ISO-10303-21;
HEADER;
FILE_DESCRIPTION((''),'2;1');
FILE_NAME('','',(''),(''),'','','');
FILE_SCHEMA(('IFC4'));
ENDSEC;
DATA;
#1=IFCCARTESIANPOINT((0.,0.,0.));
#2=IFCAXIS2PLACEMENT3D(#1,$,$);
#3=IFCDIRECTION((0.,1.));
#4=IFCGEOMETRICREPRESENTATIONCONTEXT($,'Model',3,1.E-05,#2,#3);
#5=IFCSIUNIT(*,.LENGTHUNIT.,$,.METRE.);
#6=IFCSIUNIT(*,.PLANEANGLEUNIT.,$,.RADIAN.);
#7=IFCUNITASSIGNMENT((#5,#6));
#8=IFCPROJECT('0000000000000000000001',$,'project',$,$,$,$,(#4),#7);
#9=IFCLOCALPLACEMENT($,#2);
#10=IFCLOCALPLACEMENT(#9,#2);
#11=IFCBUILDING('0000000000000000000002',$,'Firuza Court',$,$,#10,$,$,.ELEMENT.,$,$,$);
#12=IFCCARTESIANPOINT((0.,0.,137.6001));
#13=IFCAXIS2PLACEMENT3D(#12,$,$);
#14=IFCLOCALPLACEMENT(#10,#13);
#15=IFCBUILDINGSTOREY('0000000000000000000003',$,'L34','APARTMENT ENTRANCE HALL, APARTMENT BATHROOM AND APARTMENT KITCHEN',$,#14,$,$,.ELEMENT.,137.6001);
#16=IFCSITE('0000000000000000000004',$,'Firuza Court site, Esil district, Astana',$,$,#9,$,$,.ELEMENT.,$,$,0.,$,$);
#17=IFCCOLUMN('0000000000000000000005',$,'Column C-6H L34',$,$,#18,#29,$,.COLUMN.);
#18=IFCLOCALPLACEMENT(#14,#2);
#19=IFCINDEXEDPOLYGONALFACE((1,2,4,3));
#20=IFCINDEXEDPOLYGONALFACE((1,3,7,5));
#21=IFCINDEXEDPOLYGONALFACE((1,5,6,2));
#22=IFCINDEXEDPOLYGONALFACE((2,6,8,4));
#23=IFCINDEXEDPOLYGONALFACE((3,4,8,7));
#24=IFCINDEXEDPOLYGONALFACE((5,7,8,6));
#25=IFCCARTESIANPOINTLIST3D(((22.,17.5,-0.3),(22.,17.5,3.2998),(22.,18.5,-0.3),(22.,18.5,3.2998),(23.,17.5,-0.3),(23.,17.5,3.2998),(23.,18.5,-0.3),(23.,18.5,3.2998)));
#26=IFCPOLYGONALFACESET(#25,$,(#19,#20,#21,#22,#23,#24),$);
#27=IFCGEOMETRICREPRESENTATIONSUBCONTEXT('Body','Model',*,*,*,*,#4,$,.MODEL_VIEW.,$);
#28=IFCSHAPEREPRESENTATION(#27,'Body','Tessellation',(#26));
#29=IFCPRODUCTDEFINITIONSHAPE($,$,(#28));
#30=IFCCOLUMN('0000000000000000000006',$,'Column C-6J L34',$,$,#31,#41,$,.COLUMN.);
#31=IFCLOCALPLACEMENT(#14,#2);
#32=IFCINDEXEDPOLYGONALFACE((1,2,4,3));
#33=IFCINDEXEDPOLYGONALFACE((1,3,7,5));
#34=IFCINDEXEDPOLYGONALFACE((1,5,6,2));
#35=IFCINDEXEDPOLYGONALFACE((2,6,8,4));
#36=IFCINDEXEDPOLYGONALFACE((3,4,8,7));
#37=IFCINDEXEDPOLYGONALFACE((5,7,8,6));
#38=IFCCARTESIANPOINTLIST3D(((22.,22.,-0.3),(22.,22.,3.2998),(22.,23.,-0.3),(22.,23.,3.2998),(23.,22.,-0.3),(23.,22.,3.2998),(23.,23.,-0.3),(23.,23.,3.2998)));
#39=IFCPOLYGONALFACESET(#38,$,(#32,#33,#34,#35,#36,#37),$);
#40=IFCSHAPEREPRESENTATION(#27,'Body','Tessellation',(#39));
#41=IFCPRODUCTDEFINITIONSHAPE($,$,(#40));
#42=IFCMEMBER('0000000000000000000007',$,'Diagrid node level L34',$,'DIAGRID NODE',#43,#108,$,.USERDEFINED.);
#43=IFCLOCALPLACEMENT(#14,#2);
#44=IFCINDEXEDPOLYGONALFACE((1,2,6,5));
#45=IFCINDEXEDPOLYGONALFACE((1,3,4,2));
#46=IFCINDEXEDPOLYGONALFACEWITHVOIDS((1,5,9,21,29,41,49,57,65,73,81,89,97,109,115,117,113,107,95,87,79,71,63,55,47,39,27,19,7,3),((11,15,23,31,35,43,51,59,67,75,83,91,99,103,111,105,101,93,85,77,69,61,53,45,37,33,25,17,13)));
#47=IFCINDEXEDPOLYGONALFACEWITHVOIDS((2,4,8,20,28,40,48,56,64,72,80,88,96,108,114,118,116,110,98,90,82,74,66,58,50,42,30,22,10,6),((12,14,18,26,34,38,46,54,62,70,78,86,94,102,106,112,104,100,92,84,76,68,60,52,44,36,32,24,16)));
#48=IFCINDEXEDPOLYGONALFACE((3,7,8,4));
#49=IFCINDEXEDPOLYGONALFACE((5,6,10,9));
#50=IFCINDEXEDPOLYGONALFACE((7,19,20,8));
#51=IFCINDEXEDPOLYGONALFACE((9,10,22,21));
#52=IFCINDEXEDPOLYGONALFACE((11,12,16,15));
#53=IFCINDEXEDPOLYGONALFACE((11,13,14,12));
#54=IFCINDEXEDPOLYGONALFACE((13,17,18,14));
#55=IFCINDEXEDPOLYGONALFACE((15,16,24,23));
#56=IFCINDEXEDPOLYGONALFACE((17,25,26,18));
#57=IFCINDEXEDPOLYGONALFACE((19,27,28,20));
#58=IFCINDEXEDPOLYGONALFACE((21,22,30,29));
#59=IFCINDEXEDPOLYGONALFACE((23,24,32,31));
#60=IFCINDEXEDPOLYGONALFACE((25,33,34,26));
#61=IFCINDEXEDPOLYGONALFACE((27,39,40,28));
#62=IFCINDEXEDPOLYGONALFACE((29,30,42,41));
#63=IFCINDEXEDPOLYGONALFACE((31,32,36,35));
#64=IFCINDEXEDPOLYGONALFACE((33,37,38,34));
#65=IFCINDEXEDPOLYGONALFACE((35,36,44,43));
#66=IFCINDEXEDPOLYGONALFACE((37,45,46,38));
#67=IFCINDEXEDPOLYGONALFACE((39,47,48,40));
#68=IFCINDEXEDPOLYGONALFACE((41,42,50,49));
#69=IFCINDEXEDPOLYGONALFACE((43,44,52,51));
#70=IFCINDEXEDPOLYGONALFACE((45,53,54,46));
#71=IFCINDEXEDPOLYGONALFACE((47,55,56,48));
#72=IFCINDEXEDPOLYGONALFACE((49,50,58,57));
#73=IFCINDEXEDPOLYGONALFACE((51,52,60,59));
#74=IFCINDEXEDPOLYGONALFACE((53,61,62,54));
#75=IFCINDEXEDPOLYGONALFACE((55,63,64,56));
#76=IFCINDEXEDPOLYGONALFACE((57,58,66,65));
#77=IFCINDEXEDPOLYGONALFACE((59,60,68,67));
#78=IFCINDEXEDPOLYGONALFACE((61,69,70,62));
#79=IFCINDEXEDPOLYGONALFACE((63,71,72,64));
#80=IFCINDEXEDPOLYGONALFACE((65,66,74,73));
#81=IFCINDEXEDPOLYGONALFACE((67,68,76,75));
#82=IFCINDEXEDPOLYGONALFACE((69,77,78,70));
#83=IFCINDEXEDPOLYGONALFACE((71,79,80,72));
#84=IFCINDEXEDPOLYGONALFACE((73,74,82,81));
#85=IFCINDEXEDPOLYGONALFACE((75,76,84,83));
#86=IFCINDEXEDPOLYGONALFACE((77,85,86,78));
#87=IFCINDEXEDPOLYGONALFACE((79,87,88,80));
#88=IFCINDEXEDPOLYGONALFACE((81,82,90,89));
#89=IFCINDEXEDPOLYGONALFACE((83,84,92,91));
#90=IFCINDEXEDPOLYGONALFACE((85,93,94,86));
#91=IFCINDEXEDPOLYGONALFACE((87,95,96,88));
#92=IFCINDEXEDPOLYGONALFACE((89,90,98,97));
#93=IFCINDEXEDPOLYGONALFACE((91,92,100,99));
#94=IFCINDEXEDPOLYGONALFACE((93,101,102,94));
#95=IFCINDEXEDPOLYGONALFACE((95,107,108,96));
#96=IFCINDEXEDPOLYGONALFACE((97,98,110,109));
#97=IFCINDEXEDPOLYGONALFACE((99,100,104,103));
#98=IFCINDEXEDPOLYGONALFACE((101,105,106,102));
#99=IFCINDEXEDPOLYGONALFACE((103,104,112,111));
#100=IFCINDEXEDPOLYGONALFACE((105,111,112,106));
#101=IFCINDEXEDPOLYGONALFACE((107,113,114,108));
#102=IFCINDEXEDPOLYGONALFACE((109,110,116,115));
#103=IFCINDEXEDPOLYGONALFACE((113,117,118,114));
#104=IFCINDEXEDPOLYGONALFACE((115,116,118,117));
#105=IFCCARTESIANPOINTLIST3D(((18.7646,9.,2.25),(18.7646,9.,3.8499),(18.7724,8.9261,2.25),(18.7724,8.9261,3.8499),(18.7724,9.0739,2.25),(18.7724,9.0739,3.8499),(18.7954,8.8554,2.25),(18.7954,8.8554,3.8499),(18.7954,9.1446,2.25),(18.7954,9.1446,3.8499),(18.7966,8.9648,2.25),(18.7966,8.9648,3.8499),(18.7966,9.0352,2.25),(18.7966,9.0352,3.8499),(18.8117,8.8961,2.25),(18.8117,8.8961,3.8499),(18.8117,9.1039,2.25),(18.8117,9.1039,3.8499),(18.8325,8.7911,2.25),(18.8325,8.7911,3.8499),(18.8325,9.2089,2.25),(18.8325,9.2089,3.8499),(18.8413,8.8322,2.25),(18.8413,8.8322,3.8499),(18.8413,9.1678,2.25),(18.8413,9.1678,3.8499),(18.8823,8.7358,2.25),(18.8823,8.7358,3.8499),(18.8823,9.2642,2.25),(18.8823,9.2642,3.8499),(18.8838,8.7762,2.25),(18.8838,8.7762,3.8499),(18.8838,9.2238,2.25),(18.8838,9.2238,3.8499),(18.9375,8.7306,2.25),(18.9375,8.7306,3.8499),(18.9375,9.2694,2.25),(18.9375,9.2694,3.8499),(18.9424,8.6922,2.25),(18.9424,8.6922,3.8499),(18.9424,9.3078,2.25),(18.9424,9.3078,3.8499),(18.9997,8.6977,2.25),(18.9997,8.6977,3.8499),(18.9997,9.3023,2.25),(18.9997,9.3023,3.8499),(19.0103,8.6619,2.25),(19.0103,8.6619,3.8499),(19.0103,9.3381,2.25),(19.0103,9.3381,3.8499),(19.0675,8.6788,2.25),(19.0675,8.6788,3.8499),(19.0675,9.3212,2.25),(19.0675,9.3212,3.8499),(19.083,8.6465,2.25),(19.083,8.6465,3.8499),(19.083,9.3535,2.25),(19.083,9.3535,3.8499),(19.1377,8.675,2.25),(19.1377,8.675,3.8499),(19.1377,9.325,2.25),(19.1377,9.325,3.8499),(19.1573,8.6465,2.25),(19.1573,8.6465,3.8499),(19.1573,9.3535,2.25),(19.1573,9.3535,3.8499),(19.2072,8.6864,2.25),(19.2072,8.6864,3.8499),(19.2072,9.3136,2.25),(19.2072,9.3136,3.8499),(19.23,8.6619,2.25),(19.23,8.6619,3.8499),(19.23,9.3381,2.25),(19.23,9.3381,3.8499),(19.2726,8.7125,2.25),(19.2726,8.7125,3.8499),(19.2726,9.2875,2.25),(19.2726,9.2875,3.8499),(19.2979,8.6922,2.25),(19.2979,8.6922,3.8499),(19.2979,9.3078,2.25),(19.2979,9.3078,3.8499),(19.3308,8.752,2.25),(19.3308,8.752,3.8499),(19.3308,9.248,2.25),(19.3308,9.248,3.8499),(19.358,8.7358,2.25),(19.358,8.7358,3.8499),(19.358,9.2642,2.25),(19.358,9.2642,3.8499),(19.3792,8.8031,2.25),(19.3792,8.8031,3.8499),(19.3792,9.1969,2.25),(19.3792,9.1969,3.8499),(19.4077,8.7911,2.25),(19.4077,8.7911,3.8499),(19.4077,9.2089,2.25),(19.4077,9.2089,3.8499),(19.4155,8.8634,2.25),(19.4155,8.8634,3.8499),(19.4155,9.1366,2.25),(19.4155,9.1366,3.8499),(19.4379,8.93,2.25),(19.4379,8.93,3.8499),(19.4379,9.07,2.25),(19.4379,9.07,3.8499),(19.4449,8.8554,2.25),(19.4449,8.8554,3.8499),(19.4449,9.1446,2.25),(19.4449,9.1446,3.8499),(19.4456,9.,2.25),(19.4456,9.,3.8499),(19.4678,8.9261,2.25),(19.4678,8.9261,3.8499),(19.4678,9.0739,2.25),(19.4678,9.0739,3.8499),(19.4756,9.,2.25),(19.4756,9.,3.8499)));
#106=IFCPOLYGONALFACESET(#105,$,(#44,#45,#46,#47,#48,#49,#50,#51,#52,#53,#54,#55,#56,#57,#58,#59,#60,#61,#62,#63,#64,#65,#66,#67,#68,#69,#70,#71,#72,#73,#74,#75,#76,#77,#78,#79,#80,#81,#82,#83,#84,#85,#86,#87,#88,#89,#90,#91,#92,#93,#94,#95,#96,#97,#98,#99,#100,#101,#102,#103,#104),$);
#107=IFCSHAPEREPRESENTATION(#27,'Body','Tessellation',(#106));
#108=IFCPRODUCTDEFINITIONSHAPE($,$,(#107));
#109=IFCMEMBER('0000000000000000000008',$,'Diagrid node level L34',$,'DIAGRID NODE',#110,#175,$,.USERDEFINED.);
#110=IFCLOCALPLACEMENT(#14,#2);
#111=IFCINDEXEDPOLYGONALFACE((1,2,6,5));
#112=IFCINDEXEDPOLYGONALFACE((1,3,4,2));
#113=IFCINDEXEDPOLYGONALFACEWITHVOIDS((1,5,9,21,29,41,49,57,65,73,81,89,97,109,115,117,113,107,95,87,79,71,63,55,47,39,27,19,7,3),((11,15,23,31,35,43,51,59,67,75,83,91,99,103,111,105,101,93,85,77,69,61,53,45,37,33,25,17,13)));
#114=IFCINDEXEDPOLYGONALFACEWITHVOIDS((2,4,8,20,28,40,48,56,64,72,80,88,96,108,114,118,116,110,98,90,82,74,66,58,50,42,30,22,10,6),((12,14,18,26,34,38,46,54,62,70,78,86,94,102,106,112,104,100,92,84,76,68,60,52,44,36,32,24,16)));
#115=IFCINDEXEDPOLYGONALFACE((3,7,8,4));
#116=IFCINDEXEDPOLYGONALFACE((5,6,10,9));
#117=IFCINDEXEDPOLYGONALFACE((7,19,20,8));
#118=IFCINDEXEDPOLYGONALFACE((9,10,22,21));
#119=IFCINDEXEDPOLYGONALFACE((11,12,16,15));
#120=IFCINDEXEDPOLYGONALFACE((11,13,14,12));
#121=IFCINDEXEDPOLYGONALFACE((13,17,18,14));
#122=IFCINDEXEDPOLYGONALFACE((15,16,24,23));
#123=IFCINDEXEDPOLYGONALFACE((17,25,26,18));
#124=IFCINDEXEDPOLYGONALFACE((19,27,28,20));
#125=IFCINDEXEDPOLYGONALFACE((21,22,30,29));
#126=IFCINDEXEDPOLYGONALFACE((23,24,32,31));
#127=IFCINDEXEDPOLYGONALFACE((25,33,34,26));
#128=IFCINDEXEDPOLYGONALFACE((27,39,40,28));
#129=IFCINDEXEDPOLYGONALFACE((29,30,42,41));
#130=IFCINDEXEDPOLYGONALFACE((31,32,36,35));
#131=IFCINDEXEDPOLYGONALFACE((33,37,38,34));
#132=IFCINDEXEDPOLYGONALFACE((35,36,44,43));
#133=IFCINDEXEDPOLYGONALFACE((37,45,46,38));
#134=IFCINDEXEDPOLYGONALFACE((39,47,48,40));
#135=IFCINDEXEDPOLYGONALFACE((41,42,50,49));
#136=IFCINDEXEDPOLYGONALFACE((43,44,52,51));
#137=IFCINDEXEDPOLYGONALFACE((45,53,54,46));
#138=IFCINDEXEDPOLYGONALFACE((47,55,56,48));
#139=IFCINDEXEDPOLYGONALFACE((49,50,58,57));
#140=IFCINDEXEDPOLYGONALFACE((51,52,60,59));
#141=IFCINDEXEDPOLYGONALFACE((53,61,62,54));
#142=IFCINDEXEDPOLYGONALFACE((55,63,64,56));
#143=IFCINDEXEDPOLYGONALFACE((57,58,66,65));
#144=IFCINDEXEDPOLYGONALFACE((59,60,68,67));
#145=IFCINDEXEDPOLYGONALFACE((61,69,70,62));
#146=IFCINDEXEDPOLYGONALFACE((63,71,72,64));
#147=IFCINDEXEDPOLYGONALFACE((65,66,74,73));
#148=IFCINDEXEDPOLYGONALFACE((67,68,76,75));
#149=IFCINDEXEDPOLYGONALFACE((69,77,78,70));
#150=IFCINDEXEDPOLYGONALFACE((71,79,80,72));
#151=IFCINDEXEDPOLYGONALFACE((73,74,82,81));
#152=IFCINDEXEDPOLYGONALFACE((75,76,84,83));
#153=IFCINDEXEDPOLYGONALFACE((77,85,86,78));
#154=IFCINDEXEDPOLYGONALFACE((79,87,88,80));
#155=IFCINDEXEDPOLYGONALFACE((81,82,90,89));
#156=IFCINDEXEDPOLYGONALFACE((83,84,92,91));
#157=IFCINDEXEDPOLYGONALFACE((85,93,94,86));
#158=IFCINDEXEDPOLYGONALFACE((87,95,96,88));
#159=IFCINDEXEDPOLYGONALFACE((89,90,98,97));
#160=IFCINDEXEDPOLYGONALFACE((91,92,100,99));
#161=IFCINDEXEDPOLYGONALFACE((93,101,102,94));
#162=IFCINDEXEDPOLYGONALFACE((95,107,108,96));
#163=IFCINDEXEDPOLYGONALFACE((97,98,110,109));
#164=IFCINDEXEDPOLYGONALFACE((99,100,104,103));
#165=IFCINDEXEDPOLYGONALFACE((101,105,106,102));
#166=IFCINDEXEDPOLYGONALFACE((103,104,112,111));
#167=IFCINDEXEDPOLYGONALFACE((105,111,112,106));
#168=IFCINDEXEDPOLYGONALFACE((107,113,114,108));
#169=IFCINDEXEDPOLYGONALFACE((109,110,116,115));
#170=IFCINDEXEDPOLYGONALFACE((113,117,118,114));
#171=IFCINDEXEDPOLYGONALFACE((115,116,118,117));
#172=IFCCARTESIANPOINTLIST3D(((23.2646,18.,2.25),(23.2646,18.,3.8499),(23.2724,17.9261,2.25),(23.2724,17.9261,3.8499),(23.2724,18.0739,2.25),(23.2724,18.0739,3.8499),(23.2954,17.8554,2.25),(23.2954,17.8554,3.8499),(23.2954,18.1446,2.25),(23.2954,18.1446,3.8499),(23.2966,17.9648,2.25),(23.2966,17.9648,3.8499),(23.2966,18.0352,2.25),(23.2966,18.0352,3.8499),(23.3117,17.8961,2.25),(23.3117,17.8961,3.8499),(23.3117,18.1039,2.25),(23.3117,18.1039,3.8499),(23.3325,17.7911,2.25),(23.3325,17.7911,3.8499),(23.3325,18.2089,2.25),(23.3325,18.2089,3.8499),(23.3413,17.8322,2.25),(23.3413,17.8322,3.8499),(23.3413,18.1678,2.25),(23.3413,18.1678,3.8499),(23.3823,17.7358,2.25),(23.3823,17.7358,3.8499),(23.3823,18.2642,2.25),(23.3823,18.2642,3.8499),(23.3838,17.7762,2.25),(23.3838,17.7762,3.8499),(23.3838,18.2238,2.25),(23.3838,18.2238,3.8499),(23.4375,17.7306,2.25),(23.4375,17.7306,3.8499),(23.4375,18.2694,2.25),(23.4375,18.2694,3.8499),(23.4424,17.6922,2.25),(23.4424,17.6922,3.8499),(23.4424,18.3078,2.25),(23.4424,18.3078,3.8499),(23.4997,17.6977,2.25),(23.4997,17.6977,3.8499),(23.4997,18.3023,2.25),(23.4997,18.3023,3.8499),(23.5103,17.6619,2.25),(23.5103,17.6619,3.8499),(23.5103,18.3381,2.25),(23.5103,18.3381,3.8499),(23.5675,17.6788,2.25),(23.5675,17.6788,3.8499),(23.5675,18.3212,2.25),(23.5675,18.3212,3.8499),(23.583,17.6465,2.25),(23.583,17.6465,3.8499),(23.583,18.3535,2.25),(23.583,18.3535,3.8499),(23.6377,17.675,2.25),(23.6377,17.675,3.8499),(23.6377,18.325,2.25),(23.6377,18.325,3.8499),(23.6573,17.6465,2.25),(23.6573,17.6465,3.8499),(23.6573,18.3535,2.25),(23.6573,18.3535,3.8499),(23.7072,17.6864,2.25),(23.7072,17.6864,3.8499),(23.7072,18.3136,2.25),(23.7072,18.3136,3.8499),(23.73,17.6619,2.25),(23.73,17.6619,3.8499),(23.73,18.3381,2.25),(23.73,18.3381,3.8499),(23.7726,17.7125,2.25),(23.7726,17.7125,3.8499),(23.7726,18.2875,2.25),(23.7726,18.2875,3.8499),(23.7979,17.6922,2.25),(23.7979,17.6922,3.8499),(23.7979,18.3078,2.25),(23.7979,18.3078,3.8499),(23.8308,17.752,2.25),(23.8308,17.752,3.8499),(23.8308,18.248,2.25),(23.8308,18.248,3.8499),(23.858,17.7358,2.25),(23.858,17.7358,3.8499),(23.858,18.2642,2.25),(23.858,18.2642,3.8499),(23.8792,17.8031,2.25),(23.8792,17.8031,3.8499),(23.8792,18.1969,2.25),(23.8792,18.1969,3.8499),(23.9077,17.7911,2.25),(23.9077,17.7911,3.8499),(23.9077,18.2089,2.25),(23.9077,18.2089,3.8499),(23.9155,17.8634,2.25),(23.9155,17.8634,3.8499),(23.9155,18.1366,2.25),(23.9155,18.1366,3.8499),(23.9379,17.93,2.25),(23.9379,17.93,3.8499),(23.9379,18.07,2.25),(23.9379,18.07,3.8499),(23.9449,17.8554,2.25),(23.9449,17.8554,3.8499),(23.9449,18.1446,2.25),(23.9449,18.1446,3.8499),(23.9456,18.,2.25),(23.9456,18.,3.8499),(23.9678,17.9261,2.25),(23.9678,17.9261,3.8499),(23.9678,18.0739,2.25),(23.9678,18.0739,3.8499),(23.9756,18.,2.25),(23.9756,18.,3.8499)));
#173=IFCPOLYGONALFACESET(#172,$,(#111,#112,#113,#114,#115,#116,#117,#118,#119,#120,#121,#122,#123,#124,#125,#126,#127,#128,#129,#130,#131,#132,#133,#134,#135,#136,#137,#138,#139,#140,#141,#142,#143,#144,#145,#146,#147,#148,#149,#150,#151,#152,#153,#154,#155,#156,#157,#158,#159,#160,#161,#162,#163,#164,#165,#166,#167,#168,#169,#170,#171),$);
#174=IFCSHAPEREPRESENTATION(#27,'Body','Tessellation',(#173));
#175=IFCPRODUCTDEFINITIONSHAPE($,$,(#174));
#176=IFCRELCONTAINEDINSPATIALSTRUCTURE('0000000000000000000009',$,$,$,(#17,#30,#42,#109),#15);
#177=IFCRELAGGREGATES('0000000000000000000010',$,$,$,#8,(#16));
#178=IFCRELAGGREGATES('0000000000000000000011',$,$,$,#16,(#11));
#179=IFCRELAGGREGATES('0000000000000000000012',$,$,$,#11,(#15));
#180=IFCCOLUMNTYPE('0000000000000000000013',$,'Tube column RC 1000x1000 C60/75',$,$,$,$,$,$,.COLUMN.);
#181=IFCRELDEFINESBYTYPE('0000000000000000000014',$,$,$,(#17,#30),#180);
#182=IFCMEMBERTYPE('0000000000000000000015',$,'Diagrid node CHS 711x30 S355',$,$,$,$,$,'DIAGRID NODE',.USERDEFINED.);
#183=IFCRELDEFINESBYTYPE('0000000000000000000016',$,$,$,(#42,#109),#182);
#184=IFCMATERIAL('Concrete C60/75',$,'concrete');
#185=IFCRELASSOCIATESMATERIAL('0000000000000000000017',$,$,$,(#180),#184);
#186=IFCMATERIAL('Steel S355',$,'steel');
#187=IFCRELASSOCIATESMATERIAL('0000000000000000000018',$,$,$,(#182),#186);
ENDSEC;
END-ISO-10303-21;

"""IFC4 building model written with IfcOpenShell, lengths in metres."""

from ifc_helpers import new_model, si_unit, direction, frame, origin, origin_2d, place, context, subcontext, project, spatial, rectangle, hollow_circle, extrude, material, material_profile, profile_set, type_object, element, save


model = new_model("IFC4")

# Units and contexts
model_context = context("Model", 3, precision=1e-05, world=origin(), true_north=direction((0.0, 1.0)))
body_context = subcontext(model_context, "Body", "Model", "MODEL_VIEW")
ifc_project = project(units=[si_unit("LENGTHUNIT", "METRE"), si_unit("PLANEANGLEUNIT", "RADIAN")], contexts=[model_context])

# Site, building, storey
site_placement = place(None, origin())
site = spatial("IfcSite", under=ifc_project, at=site_placement, Name="Firuza Court site, Esil district, Astana", CompositionType="ELEMENT", RefElevation=0.0)
building_placement = place(site_placement, origin())
building = spatial("IfcBuilding", under=site, at=building_placement, Name="Firuza Court", CompositionType="ELEMENT")
storey_placement = place(building_placement, frame((0.0, 0.0, 137.6001)))
storey = spatial("IfcBuildingStorey", under=building, at=storey_placement, Name="L34", Description="APARTMENT ENTRANCE HALL, APARTMENT BATHROOM AND APARTMENT KITCHEN", CompositionType="ELEMENT", Elevation=137.6001)

# Columns
ifc_material_1 = material(Name="Concrete C60/75", Category="concrete")
ifc_material_profile_1 = material_profile(ifc_material_1, rectangle(XDim=1.0, YDim=1.0, at=origin_2d()), Name="RC 1000x1000")
ifc_profile_set_1 = profile_set([ifc_material_profile_1], Name="Concrete C60/75")
column_type = type_object("IfcColumnType", Name="Tube column RC 1000x1000 C60/75", PredefinedType="COLUMN", material=ifc_profile_set_1)
for number, where, z_axis, x_axis, name in (
    (1, (22.5, 18.0, -0.3), (0.0, 0.0, 1.0), (1.0, 0.0, 0.0), "Column C-6H L34"),
    (2, (22.5, 22.5, -0.3), (0.0, 0.0, 1.0), (1.0, 0.0, 0.0), "Column C-6J L34"),
):
    element("IfcColumn", number, at=place(storey_placement, frame(where, z_axis=z_axis, x_axis=x_axis)), inside=storey, type_object=column_type, Name=name, PredefinedType="COLUMN", context=body_context, shape_type="SweptSolid", body=[
        extrude(rectangle(XDim=1.0, YDim=1.0, at=origin_2d()), origin(), (0.0, 0.0, 1.0), 3.5999),
    ])

# Members
ifc_material_2 = material(Name="Steel S355", Category="steel")
ifc_material_profile_2 = material_profile(ifc_material_2, hollow_circle(Radius=0.3555, WallThickness=0.03, at=origin_2d()), Name="CHS 711x30")
ifc_profile_set_2 = profile_set([ifc_material_profile_2], Name="Steel S355")
member_type_1 = type_object("IfcMemberType", Name="Diagrid node CHS 711x30 S355", ElementType="DIAGRID NODE", PredefinedType="USERDEFINED", material=ifc_profile_set_2)
for number, where, z_axis, x_axis, name in (
    (3, (19.1201, 9.0, 2.25), (0.0, 0.0, 1.0), (1.0, 0.0, 0.0), "Diagrid node level L34"),
    (4, (23.6201, 18.0, 2.25), (0.0, 0.0, 1.0), (1.0, 0.0, 0.0), "Diagrid node level L34"),
):
    element("IfcMember", number, at=place(storey_placement, frame(where, z_axis=z_axis, x_axis=x_axis)), inside=storey, type_object=member_type_1, Name=name, ObjectType="DIAGRID NODE", PredefinedType="USERDEFINED", context=body_context, shape_type="SweptSolid", body=[
        extrude(hollow_circle(Radius=0.3555, WallThickness=0.03, at=origin_2d()), origin(), (0.0, 0.0, 1.0), 1.5999),
    ])

save(model, "model.ifc")
